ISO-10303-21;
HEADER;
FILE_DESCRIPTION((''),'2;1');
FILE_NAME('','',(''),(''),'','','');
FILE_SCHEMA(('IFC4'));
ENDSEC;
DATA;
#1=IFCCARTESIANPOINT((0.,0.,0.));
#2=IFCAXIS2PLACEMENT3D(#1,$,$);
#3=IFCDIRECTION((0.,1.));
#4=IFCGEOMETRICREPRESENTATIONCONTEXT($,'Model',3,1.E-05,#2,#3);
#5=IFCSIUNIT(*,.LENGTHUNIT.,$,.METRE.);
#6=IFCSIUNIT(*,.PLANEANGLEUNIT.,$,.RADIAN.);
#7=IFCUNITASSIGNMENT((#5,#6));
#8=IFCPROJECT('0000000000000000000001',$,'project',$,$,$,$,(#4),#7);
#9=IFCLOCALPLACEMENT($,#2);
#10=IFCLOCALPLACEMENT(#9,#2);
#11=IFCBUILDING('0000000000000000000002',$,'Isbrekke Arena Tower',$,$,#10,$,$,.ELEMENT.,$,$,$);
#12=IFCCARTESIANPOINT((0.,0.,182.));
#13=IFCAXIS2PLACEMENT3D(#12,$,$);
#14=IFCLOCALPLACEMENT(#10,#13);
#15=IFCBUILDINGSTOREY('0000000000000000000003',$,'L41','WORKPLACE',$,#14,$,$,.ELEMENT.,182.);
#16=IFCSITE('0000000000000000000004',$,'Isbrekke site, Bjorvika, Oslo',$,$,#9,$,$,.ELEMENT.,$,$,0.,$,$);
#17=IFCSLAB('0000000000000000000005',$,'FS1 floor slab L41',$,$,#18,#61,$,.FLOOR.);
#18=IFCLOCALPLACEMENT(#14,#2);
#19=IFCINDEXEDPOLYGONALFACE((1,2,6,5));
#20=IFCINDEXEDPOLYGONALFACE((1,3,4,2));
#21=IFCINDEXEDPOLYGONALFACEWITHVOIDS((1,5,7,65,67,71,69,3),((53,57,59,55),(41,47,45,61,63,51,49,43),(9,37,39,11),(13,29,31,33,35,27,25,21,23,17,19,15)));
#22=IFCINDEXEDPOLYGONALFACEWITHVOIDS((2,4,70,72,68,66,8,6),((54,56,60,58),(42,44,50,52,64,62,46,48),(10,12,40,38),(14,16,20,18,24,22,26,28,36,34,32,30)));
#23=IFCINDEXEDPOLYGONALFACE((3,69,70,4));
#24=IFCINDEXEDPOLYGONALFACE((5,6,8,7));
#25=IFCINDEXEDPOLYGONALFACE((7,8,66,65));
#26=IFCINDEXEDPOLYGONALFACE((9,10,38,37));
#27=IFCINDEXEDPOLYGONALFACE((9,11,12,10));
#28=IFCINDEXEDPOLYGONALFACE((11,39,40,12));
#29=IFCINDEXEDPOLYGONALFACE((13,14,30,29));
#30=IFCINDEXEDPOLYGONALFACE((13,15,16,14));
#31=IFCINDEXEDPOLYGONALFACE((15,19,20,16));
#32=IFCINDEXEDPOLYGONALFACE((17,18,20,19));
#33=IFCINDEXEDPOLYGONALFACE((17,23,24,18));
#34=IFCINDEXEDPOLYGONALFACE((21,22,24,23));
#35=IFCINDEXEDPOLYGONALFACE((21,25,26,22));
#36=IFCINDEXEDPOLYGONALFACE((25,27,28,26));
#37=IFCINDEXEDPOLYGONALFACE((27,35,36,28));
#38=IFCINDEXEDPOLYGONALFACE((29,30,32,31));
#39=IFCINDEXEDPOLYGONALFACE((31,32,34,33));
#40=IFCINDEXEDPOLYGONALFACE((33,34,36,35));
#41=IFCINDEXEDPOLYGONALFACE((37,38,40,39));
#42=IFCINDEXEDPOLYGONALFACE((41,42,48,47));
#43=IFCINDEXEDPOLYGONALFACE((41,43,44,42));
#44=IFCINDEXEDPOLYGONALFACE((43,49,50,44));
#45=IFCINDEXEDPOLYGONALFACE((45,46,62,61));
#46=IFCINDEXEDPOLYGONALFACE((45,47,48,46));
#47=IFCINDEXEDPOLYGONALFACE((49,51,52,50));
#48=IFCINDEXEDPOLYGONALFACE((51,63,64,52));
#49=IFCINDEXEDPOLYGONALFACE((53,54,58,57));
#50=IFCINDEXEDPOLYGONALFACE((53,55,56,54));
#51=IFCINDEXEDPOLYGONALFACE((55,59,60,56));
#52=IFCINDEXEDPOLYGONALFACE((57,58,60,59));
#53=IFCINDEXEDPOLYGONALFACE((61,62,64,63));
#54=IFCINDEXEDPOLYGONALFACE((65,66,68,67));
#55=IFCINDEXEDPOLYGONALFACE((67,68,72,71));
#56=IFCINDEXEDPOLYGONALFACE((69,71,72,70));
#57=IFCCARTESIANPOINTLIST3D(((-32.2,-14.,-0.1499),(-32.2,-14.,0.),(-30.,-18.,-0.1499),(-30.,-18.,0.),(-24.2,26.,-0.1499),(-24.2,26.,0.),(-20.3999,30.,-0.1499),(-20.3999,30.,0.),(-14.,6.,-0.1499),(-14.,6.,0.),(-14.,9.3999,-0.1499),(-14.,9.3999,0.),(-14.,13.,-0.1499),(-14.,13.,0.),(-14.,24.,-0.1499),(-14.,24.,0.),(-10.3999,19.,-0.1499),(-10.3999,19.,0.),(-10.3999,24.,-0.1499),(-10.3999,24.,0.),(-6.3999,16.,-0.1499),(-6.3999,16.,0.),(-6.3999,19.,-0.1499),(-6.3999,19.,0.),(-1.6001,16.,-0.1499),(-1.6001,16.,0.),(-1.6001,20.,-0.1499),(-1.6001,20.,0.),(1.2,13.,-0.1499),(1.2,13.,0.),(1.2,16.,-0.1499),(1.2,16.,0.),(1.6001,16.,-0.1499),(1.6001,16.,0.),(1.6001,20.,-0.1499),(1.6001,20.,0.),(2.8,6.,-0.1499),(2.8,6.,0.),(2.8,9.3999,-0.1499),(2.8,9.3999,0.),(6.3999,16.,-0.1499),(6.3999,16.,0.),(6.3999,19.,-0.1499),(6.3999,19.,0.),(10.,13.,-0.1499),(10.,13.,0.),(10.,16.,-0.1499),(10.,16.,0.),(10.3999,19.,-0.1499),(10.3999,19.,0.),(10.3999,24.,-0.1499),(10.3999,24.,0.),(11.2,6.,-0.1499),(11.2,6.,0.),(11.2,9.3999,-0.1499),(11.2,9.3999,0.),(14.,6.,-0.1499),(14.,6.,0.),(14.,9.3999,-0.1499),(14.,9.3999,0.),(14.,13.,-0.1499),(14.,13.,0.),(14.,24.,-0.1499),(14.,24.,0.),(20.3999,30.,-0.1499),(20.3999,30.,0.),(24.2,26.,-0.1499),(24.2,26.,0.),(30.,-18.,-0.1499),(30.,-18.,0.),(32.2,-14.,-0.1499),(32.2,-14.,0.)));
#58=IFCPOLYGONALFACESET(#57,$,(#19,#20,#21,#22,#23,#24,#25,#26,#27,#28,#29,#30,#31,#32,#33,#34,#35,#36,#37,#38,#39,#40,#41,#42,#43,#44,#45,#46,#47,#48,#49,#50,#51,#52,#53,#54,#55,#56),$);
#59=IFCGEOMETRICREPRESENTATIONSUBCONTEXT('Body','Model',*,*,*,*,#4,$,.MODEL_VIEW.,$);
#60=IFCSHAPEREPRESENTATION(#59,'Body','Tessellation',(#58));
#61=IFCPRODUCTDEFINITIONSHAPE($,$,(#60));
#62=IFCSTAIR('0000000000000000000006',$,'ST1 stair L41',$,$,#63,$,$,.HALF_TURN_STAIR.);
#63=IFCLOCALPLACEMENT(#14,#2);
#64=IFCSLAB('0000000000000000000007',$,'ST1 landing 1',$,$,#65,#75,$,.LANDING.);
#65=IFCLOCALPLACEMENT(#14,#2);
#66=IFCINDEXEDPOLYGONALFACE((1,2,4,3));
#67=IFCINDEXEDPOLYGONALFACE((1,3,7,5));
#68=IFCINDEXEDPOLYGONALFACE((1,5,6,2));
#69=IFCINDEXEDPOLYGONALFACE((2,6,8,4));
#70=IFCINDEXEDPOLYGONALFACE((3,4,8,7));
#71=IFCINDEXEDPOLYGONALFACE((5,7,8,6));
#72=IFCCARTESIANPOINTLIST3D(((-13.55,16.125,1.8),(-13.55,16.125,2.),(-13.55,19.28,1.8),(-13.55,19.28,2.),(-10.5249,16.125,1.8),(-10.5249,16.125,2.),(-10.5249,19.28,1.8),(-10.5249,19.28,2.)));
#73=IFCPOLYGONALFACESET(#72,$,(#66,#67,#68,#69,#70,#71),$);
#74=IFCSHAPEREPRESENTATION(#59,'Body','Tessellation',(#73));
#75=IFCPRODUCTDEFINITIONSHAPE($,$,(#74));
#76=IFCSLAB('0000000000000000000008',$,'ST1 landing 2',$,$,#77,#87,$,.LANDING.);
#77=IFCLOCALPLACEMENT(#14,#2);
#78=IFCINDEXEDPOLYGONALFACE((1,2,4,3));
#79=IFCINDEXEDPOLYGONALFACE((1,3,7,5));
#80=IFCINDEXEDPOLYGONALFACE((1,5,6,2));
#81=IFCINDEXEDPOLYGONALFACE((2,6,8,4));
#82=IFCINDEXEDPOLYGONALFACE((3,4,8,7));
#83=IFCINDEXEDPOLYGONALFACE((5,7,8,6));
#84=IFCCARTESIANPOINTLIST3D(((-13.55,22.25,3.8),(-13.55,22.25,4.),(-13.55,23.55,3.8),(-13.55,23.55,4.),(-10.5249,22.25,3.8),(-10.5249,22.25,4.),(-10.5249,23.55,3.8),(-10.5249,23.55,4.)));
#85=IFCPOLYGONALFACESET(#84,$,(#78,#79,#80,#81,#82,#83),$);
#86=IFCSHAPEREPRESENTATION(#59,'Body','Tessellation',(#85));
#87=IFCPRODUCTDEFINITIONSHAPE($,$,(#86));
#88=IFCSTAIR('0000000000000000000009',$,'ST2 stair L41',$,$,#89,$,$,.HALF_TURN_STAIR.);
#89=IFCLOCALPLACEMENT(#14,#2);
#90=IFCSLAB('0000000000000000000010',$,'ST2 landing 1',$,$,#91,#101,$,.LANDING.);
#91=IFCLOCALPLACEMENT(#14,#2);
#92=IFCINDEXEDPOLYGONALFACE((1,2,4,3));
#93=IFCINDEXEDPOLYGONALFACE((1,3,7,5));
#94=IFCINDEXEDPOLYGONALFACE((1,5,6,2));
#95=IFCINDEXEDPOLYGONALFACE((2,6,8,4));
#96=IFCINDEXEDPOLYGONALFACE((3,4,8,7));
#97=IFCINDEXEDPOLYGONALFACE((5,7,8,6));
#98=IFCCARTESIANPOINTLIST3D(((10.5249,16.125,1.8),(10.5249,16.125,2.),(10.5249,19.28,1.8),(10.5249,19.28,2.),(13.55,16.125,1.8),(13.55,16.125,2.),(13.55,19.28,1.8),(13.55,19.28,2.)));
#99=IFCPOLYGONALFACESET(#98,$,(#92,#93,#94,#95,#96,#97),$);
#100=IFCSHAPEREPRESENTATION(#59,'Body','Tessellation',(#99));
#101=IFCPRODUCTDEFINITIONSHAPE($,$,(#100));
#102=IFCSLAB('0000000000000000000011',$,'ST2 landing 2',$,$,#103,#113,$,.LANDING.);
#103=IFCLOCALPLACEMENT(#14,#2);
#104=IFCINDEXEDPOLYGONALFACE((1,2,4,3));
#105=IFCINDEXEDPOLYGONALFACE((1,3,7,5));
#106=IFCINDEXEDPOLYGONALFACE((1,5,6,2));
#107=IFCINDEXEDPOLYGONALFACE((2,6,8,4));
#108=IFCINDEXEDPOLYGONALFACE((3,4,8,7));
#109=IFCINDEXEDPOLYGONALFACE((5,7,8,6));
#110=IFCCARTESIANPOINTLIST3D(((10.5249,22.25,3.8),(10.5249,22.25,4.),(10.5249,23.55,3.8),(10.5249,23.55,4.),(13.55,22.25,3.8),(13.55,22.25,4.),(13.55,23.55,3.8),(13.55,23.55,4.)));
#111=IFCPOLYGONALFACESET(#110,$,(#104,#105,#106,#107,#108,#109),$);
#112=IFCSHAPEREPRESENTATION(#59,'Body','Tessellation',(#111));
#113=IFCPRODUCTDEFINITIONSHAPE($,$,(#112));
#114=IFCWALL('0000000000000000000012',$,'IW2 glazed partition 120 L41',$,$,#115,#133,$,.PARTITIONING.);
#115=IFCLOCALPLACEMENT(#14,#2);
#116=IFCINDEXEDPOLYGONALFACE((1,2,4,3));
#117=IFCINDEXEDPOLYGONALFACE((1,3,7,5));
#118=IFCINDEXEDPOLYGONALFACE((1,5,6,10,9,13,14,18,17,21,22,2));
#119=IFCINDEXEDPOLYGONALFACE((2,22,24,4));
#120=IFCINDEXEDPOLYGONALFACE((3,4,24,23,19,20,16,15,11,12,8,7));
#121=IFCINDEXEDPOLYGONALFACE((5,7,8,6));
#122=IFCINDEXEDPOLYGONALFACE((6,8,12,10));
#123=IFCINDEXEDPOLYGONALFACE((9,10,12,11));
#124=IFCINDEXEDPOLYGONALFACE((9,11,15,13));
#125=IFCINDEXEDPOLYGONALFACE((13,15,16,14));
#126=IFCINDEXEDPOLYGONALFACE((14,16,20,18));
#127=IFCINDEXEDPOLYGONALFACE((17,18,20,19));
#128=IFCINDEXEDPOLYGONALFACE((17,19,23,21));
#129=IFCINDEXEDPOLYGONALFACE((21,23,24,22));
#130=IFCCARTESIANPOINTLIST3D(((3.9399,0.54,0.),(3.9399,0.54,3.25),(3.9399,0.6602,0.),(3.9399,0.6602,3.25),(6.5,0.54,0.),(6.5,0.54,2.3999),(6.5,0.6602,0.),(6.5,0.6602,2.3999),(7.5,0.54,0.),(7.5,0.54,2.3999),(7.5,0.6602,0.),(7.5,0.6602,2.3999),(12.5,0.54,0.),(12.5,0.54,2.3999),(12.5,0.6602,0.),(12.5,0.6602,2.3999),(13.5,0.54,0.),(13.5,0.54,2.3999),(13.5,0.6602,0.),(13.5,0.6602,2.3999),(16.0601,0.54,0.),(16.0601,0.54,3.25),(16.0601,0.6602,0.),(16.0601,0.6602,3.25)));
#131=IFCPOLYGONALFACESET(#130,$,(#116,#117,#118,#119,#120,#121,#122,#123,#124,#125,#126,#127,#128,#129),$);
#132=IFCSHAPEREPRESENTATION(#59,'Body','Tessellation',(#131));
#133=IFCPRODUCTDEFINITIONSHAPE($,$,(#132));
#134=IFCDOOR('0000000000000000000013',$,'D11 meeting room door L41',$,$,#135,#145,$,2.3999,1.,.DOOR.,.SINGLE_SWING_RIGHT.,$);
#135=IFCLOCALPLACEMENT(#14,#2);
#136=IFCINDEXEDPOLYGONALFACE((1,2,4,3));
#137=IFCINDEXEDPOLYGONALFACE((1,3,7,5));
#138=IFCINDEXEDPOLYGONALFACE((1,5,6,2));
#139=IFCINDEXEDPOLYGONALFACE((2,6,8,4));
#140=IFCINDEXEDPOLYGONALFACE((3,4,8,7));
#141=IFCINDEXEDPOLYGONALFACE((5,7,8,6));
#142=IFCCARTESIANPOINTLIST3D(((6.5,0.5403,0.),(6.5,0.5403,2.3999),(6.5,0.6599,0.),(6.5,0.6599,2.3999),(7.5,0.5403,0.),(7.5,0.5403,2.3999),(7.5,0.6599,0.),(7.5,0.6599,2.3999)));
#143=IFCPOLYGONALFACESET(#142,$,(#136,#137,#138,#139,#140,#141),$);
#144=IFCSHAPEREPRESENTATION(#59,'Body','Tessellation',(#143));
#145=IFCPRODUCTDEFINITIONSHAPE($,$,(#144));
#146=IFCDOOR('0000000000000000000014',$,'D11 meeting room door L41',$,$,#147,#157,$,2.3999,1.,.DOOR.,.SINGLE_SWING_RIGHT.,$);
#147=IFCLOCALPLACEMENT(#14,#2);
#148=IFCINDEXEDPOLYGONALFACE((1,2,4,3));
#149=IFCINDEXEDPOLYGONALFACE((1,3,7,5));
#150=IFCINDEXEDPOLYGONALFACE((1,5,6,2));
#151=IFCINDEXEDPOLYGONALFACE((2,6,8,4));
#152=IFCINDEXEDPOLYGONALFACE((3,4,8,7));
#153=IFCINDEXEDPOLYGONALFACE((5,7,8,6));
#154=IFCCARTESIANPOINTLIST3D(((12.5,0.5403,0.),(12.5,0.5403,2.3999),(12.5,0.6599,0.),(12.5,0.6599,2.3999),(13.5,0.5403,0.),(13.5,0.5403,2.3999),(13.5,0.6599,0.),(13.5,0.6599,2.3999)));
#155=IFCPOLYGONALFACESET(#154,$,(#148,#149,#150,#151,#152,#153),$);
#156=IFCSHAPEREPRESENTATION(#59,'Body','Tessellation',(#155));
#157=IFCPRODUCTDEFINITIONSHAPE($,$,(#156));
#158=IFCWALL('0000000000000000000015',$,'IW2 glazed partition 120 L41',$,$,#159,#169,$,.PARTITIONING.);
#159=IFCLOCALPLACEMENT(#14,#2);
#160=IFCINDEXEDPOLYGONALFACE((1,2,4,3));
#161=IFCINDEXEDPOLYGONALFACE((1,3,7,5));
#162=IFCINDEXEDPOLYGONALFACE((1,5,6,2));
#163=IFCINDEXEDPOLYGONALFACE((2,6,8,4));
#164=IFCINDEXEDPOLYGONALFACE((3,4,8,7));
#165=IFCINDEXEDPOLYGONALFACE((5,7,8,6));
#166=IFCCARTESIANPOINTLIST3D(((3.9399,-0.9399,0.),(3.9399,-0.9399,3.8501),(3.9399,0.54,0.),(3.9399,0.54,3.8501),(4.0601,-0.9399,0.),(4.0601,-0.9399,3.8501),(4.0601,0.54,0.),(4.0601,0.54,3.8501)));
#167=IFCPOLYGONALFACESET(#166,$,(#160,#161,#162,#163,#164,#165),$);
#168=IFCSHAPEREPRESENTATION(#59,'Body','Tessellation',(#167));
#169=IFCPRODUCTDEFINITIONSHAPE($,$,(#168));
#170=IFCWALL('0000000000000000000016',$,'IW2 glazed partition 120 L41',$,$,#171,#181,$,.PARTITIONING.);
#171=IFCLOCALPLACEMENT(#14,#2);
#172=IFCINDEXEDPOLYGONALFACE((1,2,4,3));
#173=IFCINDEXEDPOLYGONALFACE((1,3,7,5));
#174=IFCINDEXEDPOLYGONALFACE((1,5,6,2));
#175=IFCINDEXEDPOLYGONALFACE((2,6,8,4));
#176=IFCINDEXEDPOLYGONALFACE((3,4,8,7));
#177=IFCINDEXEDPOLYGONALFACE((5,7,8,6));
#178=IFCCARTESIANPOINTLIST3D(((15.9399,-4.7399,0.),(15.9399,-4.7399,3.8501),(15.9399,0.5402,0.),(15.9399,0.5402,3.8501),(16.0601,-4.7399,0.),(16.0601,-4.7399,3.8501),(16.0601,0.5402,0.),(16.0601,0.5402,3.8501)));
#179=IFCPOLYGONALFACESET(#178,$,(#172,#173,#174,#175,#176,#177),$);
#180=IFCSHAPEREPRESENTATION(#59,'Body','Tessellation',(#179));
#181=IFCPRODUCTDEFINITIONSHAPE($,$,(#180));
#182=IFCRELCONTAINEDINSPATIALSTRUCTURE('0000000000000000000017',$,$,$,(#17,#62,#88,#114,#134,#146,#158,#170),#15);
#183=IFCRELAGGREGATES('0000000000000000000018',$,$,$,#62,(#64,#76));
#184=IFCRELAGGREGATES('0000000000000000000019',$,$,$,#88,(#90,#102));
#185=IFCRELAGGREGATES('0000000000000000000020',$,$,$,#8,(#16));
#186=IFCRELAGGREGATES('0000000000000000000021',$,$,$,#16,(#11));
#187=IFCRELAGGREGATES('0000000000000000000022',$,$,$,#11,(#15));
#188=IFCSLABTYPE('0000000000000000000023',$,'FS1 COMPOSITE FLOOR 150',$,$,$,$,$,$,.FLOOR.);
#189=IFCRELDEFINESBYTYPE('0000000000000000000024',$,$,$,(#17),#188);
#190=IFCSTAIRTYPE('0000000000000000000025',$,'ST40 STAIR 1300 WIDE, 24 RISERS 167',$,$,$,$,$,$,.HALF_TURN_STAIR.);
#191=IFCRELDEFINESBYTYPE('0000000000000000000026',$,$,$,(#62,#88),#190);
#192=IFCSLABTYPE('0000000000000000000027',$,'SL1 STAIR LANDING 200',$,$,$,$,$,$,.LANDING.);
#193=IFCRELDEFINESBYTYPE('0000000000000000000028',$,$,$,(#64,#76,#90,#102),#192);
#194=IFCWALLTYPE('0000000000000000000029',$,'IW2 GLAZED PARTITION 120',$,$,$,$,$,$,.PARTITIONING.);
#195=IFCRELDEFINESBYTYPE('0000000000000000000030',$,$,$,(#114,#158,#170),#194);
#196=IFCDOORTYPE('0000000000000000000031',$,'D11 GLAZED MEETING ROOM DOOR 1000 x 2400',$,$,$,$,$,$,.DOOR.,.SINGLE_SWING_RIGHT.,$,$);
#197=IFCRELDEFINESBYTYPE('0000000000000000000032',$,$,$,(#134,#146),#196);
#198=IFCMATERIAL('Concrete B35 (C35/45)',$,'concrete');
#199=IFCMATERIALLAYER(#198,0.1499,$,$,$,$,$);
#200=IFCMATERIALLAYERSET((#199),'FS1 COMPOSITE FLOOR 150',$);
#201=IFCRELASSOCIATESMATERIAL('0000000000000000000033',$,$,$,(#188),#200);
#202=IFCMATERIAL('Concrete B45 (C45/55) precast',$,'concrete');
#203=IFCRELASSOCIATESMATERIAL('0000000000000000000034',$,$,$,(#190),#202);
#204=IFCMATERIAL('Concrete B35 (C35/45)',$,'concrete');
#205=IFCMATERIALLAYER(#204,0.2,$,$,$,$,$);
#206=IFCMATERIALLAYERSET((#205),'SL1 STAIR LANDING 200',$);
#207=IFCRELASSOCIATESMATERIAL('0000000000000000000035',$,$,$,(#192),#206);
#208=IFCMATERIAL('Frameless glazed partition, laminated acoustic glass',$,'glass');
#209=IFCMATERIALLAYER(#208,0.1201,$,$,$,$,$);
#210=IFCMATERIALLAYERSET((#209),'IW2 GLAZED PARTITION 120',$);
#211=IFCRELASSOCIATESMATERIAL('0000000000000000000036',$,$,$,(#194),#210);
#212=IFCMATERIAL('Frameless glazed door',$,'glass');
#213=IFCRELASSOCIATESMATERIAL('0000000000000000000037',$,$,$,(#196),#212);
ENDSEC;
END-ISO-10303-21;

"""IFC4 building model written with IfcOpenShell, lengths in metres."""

from ifc_helpers import new_model, si_unit, direction, frame, frame_2d, origin, place, context, subcontext, project, spatial, polyline, rectangle, outline, extrude, material, layer, layer_set, type_object, element, fill, aggregate, save


model = new_model("IFC4")

# Units and contexts
model_context = context("Model", 3, precision=1e-05, world=origin(), true_north=direction((0.0, 1.0)))
body_context = subcontext(model_context, "Body", "Model", "MODEL_VIEW")
ifc_project = project(units=[si_unit("LENGTHUNIT", "METRE"), si_unit("PLANEANGLEUNIT", "RADIAN")], contexts=[model_context])

# Site, building, storey
site_placement = place(None, origin())
site = spatial("IfcSite", under=ifc_project, at=site_placement, Name="Isbrekke site, Bjorvika, Oslo", CompositionType="ELEMENT", RefElevation=0.0)
building_placement = place(site_placement, origin())
building = spatial("IfcBuilding", under=site, at=building_placement, Name="Isbrekke Arena Tower", CompositionType="ELEMENT")
storey_placement = place(building_placement, frame((0.0, 0.0, 182.0)))
storey = spatial("IfcBuildingStorey", under=building, at=storey_placement, Name="L41", Description="WORKPLACE", CompositionType="ELEMENT", Elevation=182.0)

# Slab
ifc_material_1 = material(Name="Concrete B35 (C35/45)", Category="concrete")
ifc_layer_1 = layer(ifc_material_1, 0.1499)
ifc_layer_set_1 = layer_set([ifc_layer_1], Name="FS1 COMPOSITE FLOOR 150")
slab_type_1 = type_object("IfcSlabType", Name="FS1 COMPOSITE FLOOR 150", PredefinedType="FLOOR", material=ifc_layer_set_1)
slab_1_placement = place(storey_placement, frame((0.0, 0.0, -0.1499)))
element("IfcSlab", 1, at=slab_1_placement, inside=storey, type_object=slab_type_1, Name="FS1 floor slab L41", PredefinedType="FLOOR", context=body_context, shape_type="SweptSolid", body=[
    extrude(outline(polyline([(-30.0, -18.0), (30.0, -18.0), (32.2, -14.0), (24.2, 26.0), (20.3999, 30.0), (-20.3999, 30.0), (-24.2, 26.0), (-32.2, -14.0), (-30.0, -18.0)]), holes=[polyline([(2.8, 9.3999), (2.8, 6.0), (-14.0, 6.0), (-14.0, 9.3999), (2.8, 9.3999)]), polyline([(11.2, 6.0), (11.2, 9.3999), (14.0, 9.3999), (14.0, 6.0), (11.2, 6.0)]), polyline([(-14.0, 13.0), (-14.0, 24.0), (-10.3999, 24.0), (-10.3999, 19.0), (-6.3999, 19.0), (-6.3999, 16.0), (-1.6001, 16.0), (-1.6001, 20.0), (1.6001, 20.0), (1.6001, 16.0), (1.2, 16.0), (1.2, 13.0), (-14.0, 13.0)]), polyline([(10.0, 13.0), (10.0, 16.0), (6.3999, 16.0), (6.3999, 19.0), (10.3999, 19.0), (10.3999, 24.0), (14.0, 24.0), (14.0, 13.0), (10.0, 13.0)])]), origin(), (0.0, 0.0, 1.0), 0.1499),
])

# Stairs, slabs
ifc_material_2 = material(Name="Concrete B45 (C45/55) precast", Category="concrete")
stair_type = type_object("IfcStairType", Name="ST40 STAIR 1300 WIDE, 24 RISERS 167", PredefinedType="HALF_TURN_STAIR", material=ifc_material_2)
stair_1_placement = place(storey_placement, origin())
stair_1 = element("IfcStair", 2, at=stair_1_placement, inside=storey, type_object=stair_type, Name="ST1 stair L41", PredefinedType="HALF_TURN_STAIR")
ifc_material_3 = material(Name="Concrete B35 (C35/45)", Category="concrete")
ifc_layer_2 = layer(ifc_material_3, 0.2)
ifc_layer_set_2 = layer_set([ifc_layer_2], Name="SL1 STAIR LANDING 200")
slab_type_2 = type_object("IfcSlabType", Name="SL1 STAIR LANDING 200", PredefinedType="LANDING", material=ifc_layer_set_2)
slab_2_placement = place(storey_placement, frame((0.0, 0.0, 1.8)))
slab_2 = element("IfcSlab", 3, at=slab_2_placement, type_object=slab_type_2, Name="ST1 landing 1", PredefinedType="LANDING", context=body_context, shape_type="SweptSolid", body=[
    extrude(outline(polyline([(-13.55, 16.125), (-10.5249, 16.125), (-10.5249, 19.28), (-13.55, 19.28), (-13.55, 16.125)])), origin(), (0.0, 0.0, 1.0), 0.2),
])
slab_3_placement = place(storey_placement, frame((0.0, 0.0, 3.8)))
slab_3 = element("IfcSlab", 4, at=slab_3_placement, type_object=slab_type_2, Name="ST1 landing 2", PredefinedType="LANDING", context=body_context, shape_type="SweptSolid", body=[
    extrude(outline(polyline([(-13.55, 22.25), (-10.5249, 22.25), (-10.5249, 23.55), (-13.55, 23.55), (-13.55, 22.25)])), origin(), (0.0, 0.0, 1.0), 0.2),
])
aggregate(stair_1, [slab_2, slab_3])
stair_2_placement = place(storey_placement, origin())
stair_2 = element("IfcStair", 5, at=stair_2_placement, inside=storey, type_object=stair_type, Name="ST2 stair L41", PredefinedType="HALF_TURN_STAIR")
slab_4_placement = place(storey_placement, frame((0.0, 0.0, 1.8)))
slab_4 = element("IfcSlab", 6, at=slab_4_placement, type_object=slab_type_2, Name="ST2 landing 1", PredefinedType="LANDING", context=body_context, shape_type="SweptSolid", body=[
    extrude(outline(polyline([(10.5249, 16.125), (13.55, 16.125), (13.55, 19.28), (10.5249, 19.28), (10.5249, 16.125)])), origin(), (0.0, 0.0, 1.0), 0.2),
])
slab_5_placement = place(storey_placement, frame((0.0, 0.0, 3.8)))
slab_5 = element("IfcSlab", 7, at=slab_5_placement, type_object=slab_type_2, Name="ST2 landing 2", PredefinedType="LANDING", context=body_context, shape_type="SweptSolid", body=[
    extrude(outline(polyline([(10.5249, 22.25), (13.55, 22.25), (13.55, 23.55), (10.5249, 23.55), (10.5249, 22.25)])), origin(), (0.0, 0.0, 1.0), 0.2),
])
aggregate(stair_2, [slab_4, slab_5])

# Wall, openings, doors
ifc_material_4 = material(Name="Frameless glazed partition, laminated acoustic glass", Category="glass")
ifc_layer_3 = layer(ifc_material_4, 0.1201)
ifc_layer_set_3 = layer_set([ifc_layer_3], Name="IW2 GLAZED PARTITION 120")
wall_type_1 = type_object("IfcWallType", Name="IW2 GLAZED PARTITION 120", PredefinedType="PARTITIONING", material=ifc_layer_set_3)
wall_1_placement = place(storey_placement, frame((3.9399, 0.6001, 0.0), z_axis=(0.0, 0.0, 1.0), x_axis=(1.0, 0.0, 0.0)))
wall_1 = element("IfcWall", 8, at=wall_1_placement, inside=storey, type_object=wall_type_1, Name="IW2 glazed partition 120 L41", PredefinedType="PARTITIONING", context=body_context, shape_type="SweptSolid", body=[
    extrude(rectangle(XDim=12.1201, YDim=0.1201, at=frame_2d((6.0601, 0.0))), origin(), (0.0, 0.0, 1.0), 3.25),
])
opening_1_placement = place(wall_1_placement, frame((2.5601, 0.0, 0.0)))
opening_1 = element("IfcOpeningElement", 9, at=opening_1_placement, cuts=wall_1, PredefinedType="OPENING", context=body_context, shape_type="SweptSolid", body=[
    extrude(rectangle(XDim=1.0, YDim=2.3999, at=frame_2d((0.5, 1.2))), frame((0.0, 0.075, 0.0), z_axis=(0.0, -1.0, 0.0), x_axis=(1.0, 0.0, 0.0)), (0.0, 0.0, 1.0), 0.1499),
])
opening_2_placement = place(wall_1_placement, frame((8.5601, 0.0, 0.0)))
opening_2 = element("IfcOpeningElement", 10, at=opening_2_placement, cuts=wall_1, PredefinedType="OPENING", context=body_context, shape_type="SweptSolid", body=[
    extrude(rectangle(XDim=1.0, YDim=2.3999, at=frame_2d((0.5, 1.2))), frame((0.0, 0.075, 0.0), z_axis=(0.0, -1.0, 0.0), x_axis=(1.0, 0.0, 0.0)), (0.0, 0.0, 1.0), 0.1499),
])
ifc_material_5 = material(Name="Frameless glazed door", Category="glass")
door_type = type_object("IfcDoorType", Name="D11 GLAZED MEETING ROOM DOOR 1000 x 2400", OperationType="SINGLE_SWING_RIGHT", PredefinedType="DOOR", material=ifc_material_5)
door_1_placement = place(opening_1_placement, origin())
door_1 = element("IfcDoor", 11, at=door_1_placement, inside=storey, type_object=door_type, Name="D11 meeting room door L41", OperationType="SINGLE_SWING_RIGHT", OverallHeight=2.3999, OverallWidth=1.0, PredefinedType="DOOR", context=body_context, shape_type="SweptSolid", body=[
    extrude(rectangle(XDim=1.0, YDim=2.3999, at=frame_2d((0.5, 1.2))), frame((0.0, 0.0598, 0.0), z_axis=(0.0, -1.0, 0.0), x_axis=(1.0, 0.0, 0.0)), (0.0, 0.0, 1.0), 0.1196),
])
fill(opening_1, door_1)
door_2_placement = place(opening_2_placement, origin())
door_2 = element("IfcDoor", 12, at=door_2_placement, inside=storey, type_object=door_type, Name="D11 meeting room door L41", OperationType="SINGLE_SWING_RIGHT", OverallHeight=2.3999, OverallWidth=1.0, PredefinedType="DOOR", context=body_context, shape_type="SweptSolid", body=[
    extrude(rectangle(XDim=1.0, YDim=2.3999, at=frame_2d((0.5, 1.2))), frame((0.0, 0.0598, 0.0), z_axis=(0.0, -1.0, 0.0), x_axis=(1.0, 0.0, 0.0)), (0.0, 0.0, 1.0), 0.1196),
])
fill(opening_2, door_2)

# Walls
wall_2_placement = place(storey_placement, frame((4.0, -0.9399, 0.0), z_axis=(0.0, 0.0, 1.0), x_axis=(0.0, 1.0, 0.0)))
element("IfcWall", 13, at=wall_2_placement, inside=storey, type_object=wall_type_1, Name="IW2 glazed partition 120 L41", PredefinedType="PARTITIONING", context=body_context, shape_type="SweptSolid", body=[
    extrude(rectangle(XDim=1.48, YDim=0.1201, at=frame_2d((0.74, 0.0))), origin(), (0.0, 0.0, 1.0), 3.8501),
])
wall_3_placement = place(storey_placement, frame((16.0, -4.74, 0.0), z_axis=(0.0, 0.0, 1.0), x_axis=(0.0, 1.0, 0.0)))
element("IfcWall", 14, at=wall_3_placement, inside=storey, type_object=wall_type_1, Name="IW2 glazed partition 120 L41", PredefinedType="PARTITIONING", context=body_context, shape_type="SweptSolid", body=[
    extrude(rectangle(XDim=5.28, YDim=0.1201, at=frame_2d((2.6401, 0.0))), origin(), (0.0, 0.0, 1.0), 3.8501),
])

save(model, "model.ifc")
